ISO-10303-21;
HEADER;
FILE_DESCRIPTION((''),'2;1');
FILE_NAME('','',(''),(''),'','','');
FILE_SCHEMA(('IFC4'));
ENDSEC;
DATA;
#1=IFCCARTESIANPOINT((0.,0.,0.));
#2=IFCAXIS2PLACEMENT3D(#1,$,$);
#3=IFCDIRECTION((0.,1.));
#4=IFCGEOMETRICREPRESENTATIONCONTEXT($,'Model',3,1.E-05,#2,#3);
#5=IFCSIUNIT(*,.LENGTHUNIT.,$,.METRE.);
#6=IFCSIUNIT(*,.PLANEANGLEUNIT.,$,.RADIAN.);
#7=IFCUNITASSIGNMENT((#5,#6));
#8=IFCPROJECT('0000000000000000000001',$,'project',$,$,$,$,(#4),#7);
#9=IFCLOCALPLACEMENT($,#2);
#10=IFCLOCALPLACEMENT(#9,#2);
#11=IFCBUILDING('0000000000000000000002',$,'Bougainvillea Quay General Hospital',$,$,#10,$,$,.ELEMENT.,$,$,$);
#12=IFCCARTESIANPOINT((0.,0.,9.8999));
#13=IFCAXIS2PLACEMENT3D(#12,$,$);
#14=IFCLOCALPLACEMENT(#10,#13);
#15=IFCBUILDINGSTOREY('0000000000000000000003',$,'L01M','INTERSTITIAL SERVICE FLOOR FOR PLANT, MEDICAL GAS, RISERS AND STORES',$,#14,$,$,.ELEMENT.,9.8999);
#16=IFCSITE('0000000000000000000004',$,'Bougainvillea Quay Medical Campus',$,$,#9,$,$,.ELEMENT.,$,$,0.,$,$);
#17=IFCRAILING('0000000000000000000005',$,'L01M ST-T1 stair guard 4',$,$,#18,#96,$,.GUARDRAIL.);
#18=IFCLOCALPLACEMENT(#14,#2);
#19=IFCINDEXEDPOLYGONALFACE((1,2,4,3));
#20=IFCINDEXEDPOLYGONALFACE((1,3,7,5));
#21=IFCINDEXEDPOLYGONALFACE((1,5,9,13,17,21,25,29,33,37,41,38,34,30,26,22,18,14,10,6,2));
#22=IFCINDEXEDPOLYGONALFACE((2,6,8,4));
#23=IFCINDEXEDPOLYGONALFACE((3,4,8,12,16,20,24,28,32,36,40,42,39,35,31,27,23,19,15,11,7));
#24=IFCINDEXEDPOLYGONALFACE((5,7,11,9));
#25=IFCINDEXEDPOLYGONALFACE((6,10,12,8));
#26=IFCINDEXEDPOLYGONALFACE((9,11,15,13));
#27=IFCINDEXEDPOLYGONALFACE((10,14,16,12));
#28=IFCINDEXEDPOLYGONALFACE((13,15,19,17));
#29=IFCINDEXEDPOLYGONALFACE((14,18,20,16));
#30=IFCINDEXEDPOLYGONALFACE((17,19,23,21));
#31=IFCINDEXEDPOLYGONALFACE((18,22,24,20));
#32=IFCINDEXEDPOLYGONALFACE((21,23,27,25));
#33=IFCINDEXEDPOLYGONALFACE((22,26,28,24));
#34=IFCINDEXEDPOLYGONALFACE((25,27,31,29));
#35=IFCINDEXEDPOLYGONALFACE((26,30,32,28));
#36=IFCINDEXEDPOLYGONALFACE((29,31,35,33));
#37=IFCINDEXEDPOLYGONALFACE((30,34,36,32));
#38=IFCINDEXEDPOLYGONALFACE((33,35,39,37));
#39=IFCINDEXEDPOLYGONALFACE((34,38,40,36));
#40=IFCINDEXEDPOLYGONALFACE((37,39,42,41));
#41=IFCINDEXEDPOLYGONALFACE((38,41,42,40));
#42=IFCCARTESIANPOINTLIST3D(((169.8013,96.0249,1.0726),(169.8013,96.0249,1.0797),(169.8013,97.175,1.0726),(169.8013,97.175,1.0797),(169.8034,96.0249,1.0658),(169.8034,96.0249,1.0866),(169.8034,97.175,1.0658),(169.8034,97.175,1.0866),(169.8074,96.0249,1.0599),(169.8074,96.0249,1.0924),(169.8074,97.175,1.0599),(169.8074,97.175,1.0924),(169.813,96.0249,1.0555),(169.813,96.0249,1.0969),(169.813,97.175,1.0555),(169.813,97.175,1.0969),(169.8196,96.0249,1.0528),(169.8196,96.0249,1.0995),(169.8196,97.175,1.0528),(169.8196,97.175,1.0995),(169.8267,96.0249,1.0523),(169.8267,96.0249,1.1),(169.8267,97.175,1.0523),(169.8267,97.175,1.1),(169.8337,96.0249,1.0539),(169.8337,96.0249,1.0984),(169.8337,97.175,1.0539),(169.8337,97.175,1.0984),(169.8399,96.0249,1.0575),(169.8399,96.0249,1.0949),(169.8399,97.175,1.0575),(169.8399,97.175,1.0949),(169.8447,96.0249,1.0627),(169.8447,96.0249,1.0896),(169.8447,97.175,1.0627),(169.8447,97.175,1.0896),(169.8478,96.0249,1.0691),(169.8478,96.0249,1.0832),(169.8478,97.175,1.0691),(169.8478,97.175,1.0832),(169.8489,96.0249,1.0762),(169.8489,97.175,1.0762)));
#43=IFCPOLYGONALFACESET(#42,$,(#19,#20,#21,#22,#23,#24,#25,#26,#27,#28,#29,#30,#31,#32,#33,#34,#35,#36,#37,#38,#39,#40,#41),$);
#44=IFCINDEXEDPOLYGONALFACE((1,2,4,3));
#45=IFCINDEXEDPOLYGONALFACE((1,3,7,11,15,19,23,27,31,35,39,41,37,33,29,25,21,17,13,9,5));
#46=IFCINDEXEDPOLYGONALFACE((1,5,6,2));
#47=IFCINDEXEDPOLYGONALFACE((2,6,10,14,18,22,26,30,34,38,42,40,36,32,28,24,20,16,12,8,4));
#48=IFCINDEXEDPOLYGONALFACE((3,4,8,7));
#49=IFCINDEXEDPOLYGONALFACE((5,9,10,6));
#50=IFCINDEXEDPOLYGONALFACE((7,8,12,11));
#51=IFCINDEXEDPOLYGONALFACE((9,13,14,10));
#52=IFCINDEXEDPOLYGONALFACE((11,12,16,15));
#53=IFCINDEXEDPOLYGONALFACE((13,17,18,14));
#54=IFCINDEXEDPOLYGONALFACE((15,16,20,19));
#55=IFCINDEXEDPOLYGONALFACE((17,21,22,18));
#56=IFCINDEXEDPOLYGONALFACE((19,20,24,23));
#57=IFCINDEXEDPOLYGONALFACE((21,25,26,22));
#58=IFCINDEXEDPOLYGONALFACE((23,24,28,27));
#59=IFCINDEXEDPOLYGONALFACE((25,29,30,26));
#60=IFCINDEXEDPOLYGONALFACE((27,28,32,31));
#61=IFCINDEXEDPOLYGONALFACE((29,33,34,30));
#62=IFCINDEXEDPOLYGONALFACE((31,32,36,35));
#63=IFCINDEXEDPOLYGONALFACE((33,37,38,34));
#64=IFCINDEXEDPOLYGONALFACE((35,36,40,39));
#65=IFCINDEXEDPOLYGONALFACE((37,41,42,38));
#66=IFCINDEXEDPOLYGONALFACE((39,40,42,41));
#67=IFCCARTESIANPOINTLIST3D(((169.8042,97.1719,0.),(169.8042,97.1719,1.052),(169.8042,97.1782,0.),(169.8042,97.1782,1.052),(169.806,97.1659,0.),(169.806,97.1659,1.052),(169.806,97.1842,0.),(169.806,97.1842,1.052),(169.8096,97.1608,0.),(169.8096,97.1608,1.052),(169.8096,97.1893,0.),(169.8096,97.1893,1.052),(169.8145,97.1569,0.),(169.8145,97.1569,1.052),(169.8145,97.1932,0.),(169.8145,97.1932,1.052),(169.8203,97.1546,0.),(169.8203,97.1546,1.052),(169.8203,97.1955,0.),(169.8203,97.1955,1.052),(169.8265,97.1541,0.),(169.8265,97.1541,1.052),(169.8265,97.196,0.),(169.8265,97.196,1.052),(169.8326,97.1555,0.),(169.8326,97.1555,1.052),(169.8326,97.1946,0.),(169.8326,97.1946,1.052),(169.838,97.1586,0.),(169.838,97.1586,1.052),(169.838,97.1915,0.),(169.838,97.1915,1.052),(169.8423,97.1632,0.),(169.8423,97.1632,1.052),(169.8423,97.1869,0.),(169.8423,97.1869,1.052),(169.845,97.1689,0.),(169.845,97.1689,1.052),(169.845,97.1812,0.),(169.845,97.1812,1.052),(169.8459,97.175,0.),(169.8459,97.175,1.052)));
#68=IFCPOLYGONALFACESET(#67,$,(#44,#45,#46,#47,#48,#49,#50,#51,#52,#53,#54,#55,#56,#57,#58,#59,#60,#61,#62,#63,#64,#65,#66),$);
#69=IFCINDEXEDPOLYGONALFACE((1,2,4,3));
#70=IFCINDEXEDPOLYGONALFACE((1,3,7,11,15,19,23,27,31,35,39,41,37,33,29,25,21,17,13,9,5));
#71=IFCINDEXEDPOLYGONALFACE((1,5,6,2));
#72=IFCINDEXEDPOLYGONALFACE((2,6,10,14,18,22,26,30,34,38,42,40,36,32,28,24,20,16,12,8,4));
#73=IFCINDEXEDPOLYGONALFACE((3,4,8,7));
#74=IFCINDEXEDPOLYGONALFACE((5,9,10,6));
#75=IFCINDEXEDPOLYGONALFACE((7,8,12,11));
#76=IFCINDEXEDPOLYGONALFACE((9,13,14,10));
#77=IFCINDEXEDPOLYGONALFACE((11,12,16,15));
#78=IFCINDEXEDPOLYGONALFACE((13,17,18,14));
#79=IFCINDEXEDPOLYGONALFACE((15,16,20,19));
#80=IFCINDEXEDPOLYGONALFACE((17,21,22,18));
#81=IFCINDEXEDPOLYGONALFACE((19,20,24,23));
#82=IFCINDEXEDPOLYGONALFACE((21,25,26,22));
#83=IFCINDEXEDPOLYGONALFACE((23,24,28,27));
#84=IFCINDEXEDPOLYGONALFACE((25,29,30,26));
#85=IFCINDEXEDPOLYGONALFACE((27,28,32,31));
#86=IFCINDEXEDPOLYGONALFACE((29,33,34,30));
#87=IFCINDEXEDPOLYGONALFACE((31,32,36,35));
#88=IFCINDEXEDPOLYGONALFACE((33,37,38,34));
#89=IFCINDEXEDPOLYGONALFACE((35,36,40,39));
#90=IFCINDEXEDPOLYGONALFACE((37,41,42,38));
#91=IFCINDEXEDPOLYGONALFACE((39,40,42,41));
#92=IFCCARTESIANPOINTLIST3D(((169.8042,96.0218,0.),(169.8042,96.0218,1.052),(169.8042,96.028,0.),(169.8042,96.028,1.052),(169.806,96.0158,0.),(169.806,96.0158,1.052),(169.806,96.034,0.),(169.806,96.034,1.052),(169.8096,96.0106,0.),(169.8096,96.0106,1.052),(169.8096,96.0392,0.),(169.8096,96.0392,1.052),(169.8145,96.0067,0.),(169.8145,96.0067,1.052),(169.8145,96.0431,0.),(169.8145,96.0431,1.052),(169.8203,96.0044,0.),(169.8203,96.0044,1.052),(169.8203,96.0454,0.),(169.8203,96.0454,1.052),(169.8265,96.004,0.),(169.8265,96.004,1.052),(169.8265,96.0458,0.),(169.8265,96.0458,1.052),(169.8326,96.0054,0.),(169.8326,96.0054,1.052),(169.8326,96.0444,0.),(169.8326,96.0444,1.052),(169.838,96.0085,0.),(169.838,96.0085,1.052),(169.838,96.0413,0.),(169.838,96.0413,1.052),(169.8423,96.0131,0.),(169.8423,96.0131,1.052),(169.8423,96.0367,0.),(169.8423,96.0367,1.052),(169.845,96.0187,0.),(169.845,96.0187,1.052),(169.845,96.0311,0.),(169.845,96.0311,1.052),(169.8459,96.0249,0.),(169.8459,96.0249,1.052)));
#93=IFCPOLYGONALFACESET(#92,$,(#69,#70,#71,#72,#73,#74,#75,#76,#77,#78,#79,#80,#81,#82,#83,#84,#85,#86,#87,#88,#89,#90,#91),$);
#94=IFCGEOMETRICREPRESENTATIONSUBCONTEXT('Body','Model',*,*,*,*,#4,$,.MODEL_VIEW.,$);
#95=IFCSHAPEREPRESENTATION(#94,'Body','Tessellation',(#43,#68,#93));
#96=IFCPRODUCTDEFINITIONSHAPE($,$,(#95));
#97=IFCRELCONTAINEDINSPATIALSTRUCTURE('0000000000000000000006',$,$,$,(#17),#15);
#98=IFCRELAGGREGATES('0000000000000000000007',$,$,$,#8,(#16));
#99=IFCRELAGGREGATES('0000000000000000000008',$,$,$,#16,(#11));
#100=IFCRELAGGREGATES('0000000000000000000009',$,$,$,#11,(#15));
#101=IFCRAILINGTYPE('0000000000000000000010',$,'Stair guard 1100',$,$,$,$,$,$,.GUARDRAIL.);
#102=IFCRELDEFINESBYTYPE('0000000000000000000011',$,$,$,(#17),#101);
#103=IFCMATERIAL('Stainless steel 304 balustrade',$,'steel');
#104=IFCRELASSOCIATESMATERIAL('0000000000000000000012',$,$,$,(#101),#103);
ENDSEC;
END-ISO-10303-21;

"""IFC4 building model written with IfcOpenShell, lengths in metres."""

from ifc_helpers import new_model, si_unit, direction, frame, origin, origin_2d, place, context, subcontext, project, spatial, circle, extrude, material, type_object, element, save


model = new_model("IFC4")

# Units and contexts
model_context = context("Model", 3, precision=1e-05, world=origin(), true_north=direction((0.0, 1.0)))
body_context = subcontext(model_context, "Body", "Model", "MODEL_VIEW")
ifc_project = project(units=[si_unit("LENGTHUNIT", "METRE"), si_unit("PLANEANGLEUNIT", "RADIAN")], contexts=[model_context])

# Site, building, storey
site_placement = place(None, origin())
site = spatial("IfcSite", under=ifc_project, at=site_placement, Name="Bougainvillea Quay Medical Campus", CompositionType="ELEMENT", RefElevation=0.0)
building_placement = place(site_placement, origin())
building = spatial("IfcBuilding", under=site, at=building_placement, Name="Bougainvillea Quay General Hospital", CompositionType="ELEMENT")
storey_placement = place(building_placement, frame((0.0, 0.0, 9.8999)))
storey = spatial("IfcBuildingStorey", under=building, at=storey_placement, Name="L01M", Description="INTERSTITIAL SERVICE FLOOR FOR PLANT, MEDICAL GAS, RISERS AND STORES", CompositionType="ELEMENT", Elevation=9.8999)

# Railing
ifc_material_1 = material(Name="Stainless steel 304 balustrade", Category="steel")
railing_type_1 = type_object("IfcRailingType", Name="Stair guard 1100", PredefinedType="GUARDRAIL", material=ifc_material_1)
railing_1_placement = place(storey_placement, frame((169.825, 97.175, 0.0)))
element("IfcRailing", 1, at=railing_1_placement, inside=storey, type_object=railing_type_1, Name="L01M ST-T1 stair guard 4", PredefinedType="GUARDRAIL", context=body_context, shape_type="SweptSolid", body=[
    extrude(circle(Radius=0.0239, at=origin_2d()), frame((0.0, 0.0, 1.0762), z_axis=(0.0, -1.0, 0.0), x_axis=(1.0, 0.0, 0.0)), (0.0, 0.0, 1.0), 1.1501),
    extrude(circle(Radius=0.021, at=origin_2d()), origin(), (0.0, 0.0, 1.0), 1.052),
    extrude(circle(Radius=0.021, at=origin_2d()), frame((0.0, -1.1501, 0.0)), (0.0, 0.0, 1.0), 1.052),
])

save(model, "model.ifc")
